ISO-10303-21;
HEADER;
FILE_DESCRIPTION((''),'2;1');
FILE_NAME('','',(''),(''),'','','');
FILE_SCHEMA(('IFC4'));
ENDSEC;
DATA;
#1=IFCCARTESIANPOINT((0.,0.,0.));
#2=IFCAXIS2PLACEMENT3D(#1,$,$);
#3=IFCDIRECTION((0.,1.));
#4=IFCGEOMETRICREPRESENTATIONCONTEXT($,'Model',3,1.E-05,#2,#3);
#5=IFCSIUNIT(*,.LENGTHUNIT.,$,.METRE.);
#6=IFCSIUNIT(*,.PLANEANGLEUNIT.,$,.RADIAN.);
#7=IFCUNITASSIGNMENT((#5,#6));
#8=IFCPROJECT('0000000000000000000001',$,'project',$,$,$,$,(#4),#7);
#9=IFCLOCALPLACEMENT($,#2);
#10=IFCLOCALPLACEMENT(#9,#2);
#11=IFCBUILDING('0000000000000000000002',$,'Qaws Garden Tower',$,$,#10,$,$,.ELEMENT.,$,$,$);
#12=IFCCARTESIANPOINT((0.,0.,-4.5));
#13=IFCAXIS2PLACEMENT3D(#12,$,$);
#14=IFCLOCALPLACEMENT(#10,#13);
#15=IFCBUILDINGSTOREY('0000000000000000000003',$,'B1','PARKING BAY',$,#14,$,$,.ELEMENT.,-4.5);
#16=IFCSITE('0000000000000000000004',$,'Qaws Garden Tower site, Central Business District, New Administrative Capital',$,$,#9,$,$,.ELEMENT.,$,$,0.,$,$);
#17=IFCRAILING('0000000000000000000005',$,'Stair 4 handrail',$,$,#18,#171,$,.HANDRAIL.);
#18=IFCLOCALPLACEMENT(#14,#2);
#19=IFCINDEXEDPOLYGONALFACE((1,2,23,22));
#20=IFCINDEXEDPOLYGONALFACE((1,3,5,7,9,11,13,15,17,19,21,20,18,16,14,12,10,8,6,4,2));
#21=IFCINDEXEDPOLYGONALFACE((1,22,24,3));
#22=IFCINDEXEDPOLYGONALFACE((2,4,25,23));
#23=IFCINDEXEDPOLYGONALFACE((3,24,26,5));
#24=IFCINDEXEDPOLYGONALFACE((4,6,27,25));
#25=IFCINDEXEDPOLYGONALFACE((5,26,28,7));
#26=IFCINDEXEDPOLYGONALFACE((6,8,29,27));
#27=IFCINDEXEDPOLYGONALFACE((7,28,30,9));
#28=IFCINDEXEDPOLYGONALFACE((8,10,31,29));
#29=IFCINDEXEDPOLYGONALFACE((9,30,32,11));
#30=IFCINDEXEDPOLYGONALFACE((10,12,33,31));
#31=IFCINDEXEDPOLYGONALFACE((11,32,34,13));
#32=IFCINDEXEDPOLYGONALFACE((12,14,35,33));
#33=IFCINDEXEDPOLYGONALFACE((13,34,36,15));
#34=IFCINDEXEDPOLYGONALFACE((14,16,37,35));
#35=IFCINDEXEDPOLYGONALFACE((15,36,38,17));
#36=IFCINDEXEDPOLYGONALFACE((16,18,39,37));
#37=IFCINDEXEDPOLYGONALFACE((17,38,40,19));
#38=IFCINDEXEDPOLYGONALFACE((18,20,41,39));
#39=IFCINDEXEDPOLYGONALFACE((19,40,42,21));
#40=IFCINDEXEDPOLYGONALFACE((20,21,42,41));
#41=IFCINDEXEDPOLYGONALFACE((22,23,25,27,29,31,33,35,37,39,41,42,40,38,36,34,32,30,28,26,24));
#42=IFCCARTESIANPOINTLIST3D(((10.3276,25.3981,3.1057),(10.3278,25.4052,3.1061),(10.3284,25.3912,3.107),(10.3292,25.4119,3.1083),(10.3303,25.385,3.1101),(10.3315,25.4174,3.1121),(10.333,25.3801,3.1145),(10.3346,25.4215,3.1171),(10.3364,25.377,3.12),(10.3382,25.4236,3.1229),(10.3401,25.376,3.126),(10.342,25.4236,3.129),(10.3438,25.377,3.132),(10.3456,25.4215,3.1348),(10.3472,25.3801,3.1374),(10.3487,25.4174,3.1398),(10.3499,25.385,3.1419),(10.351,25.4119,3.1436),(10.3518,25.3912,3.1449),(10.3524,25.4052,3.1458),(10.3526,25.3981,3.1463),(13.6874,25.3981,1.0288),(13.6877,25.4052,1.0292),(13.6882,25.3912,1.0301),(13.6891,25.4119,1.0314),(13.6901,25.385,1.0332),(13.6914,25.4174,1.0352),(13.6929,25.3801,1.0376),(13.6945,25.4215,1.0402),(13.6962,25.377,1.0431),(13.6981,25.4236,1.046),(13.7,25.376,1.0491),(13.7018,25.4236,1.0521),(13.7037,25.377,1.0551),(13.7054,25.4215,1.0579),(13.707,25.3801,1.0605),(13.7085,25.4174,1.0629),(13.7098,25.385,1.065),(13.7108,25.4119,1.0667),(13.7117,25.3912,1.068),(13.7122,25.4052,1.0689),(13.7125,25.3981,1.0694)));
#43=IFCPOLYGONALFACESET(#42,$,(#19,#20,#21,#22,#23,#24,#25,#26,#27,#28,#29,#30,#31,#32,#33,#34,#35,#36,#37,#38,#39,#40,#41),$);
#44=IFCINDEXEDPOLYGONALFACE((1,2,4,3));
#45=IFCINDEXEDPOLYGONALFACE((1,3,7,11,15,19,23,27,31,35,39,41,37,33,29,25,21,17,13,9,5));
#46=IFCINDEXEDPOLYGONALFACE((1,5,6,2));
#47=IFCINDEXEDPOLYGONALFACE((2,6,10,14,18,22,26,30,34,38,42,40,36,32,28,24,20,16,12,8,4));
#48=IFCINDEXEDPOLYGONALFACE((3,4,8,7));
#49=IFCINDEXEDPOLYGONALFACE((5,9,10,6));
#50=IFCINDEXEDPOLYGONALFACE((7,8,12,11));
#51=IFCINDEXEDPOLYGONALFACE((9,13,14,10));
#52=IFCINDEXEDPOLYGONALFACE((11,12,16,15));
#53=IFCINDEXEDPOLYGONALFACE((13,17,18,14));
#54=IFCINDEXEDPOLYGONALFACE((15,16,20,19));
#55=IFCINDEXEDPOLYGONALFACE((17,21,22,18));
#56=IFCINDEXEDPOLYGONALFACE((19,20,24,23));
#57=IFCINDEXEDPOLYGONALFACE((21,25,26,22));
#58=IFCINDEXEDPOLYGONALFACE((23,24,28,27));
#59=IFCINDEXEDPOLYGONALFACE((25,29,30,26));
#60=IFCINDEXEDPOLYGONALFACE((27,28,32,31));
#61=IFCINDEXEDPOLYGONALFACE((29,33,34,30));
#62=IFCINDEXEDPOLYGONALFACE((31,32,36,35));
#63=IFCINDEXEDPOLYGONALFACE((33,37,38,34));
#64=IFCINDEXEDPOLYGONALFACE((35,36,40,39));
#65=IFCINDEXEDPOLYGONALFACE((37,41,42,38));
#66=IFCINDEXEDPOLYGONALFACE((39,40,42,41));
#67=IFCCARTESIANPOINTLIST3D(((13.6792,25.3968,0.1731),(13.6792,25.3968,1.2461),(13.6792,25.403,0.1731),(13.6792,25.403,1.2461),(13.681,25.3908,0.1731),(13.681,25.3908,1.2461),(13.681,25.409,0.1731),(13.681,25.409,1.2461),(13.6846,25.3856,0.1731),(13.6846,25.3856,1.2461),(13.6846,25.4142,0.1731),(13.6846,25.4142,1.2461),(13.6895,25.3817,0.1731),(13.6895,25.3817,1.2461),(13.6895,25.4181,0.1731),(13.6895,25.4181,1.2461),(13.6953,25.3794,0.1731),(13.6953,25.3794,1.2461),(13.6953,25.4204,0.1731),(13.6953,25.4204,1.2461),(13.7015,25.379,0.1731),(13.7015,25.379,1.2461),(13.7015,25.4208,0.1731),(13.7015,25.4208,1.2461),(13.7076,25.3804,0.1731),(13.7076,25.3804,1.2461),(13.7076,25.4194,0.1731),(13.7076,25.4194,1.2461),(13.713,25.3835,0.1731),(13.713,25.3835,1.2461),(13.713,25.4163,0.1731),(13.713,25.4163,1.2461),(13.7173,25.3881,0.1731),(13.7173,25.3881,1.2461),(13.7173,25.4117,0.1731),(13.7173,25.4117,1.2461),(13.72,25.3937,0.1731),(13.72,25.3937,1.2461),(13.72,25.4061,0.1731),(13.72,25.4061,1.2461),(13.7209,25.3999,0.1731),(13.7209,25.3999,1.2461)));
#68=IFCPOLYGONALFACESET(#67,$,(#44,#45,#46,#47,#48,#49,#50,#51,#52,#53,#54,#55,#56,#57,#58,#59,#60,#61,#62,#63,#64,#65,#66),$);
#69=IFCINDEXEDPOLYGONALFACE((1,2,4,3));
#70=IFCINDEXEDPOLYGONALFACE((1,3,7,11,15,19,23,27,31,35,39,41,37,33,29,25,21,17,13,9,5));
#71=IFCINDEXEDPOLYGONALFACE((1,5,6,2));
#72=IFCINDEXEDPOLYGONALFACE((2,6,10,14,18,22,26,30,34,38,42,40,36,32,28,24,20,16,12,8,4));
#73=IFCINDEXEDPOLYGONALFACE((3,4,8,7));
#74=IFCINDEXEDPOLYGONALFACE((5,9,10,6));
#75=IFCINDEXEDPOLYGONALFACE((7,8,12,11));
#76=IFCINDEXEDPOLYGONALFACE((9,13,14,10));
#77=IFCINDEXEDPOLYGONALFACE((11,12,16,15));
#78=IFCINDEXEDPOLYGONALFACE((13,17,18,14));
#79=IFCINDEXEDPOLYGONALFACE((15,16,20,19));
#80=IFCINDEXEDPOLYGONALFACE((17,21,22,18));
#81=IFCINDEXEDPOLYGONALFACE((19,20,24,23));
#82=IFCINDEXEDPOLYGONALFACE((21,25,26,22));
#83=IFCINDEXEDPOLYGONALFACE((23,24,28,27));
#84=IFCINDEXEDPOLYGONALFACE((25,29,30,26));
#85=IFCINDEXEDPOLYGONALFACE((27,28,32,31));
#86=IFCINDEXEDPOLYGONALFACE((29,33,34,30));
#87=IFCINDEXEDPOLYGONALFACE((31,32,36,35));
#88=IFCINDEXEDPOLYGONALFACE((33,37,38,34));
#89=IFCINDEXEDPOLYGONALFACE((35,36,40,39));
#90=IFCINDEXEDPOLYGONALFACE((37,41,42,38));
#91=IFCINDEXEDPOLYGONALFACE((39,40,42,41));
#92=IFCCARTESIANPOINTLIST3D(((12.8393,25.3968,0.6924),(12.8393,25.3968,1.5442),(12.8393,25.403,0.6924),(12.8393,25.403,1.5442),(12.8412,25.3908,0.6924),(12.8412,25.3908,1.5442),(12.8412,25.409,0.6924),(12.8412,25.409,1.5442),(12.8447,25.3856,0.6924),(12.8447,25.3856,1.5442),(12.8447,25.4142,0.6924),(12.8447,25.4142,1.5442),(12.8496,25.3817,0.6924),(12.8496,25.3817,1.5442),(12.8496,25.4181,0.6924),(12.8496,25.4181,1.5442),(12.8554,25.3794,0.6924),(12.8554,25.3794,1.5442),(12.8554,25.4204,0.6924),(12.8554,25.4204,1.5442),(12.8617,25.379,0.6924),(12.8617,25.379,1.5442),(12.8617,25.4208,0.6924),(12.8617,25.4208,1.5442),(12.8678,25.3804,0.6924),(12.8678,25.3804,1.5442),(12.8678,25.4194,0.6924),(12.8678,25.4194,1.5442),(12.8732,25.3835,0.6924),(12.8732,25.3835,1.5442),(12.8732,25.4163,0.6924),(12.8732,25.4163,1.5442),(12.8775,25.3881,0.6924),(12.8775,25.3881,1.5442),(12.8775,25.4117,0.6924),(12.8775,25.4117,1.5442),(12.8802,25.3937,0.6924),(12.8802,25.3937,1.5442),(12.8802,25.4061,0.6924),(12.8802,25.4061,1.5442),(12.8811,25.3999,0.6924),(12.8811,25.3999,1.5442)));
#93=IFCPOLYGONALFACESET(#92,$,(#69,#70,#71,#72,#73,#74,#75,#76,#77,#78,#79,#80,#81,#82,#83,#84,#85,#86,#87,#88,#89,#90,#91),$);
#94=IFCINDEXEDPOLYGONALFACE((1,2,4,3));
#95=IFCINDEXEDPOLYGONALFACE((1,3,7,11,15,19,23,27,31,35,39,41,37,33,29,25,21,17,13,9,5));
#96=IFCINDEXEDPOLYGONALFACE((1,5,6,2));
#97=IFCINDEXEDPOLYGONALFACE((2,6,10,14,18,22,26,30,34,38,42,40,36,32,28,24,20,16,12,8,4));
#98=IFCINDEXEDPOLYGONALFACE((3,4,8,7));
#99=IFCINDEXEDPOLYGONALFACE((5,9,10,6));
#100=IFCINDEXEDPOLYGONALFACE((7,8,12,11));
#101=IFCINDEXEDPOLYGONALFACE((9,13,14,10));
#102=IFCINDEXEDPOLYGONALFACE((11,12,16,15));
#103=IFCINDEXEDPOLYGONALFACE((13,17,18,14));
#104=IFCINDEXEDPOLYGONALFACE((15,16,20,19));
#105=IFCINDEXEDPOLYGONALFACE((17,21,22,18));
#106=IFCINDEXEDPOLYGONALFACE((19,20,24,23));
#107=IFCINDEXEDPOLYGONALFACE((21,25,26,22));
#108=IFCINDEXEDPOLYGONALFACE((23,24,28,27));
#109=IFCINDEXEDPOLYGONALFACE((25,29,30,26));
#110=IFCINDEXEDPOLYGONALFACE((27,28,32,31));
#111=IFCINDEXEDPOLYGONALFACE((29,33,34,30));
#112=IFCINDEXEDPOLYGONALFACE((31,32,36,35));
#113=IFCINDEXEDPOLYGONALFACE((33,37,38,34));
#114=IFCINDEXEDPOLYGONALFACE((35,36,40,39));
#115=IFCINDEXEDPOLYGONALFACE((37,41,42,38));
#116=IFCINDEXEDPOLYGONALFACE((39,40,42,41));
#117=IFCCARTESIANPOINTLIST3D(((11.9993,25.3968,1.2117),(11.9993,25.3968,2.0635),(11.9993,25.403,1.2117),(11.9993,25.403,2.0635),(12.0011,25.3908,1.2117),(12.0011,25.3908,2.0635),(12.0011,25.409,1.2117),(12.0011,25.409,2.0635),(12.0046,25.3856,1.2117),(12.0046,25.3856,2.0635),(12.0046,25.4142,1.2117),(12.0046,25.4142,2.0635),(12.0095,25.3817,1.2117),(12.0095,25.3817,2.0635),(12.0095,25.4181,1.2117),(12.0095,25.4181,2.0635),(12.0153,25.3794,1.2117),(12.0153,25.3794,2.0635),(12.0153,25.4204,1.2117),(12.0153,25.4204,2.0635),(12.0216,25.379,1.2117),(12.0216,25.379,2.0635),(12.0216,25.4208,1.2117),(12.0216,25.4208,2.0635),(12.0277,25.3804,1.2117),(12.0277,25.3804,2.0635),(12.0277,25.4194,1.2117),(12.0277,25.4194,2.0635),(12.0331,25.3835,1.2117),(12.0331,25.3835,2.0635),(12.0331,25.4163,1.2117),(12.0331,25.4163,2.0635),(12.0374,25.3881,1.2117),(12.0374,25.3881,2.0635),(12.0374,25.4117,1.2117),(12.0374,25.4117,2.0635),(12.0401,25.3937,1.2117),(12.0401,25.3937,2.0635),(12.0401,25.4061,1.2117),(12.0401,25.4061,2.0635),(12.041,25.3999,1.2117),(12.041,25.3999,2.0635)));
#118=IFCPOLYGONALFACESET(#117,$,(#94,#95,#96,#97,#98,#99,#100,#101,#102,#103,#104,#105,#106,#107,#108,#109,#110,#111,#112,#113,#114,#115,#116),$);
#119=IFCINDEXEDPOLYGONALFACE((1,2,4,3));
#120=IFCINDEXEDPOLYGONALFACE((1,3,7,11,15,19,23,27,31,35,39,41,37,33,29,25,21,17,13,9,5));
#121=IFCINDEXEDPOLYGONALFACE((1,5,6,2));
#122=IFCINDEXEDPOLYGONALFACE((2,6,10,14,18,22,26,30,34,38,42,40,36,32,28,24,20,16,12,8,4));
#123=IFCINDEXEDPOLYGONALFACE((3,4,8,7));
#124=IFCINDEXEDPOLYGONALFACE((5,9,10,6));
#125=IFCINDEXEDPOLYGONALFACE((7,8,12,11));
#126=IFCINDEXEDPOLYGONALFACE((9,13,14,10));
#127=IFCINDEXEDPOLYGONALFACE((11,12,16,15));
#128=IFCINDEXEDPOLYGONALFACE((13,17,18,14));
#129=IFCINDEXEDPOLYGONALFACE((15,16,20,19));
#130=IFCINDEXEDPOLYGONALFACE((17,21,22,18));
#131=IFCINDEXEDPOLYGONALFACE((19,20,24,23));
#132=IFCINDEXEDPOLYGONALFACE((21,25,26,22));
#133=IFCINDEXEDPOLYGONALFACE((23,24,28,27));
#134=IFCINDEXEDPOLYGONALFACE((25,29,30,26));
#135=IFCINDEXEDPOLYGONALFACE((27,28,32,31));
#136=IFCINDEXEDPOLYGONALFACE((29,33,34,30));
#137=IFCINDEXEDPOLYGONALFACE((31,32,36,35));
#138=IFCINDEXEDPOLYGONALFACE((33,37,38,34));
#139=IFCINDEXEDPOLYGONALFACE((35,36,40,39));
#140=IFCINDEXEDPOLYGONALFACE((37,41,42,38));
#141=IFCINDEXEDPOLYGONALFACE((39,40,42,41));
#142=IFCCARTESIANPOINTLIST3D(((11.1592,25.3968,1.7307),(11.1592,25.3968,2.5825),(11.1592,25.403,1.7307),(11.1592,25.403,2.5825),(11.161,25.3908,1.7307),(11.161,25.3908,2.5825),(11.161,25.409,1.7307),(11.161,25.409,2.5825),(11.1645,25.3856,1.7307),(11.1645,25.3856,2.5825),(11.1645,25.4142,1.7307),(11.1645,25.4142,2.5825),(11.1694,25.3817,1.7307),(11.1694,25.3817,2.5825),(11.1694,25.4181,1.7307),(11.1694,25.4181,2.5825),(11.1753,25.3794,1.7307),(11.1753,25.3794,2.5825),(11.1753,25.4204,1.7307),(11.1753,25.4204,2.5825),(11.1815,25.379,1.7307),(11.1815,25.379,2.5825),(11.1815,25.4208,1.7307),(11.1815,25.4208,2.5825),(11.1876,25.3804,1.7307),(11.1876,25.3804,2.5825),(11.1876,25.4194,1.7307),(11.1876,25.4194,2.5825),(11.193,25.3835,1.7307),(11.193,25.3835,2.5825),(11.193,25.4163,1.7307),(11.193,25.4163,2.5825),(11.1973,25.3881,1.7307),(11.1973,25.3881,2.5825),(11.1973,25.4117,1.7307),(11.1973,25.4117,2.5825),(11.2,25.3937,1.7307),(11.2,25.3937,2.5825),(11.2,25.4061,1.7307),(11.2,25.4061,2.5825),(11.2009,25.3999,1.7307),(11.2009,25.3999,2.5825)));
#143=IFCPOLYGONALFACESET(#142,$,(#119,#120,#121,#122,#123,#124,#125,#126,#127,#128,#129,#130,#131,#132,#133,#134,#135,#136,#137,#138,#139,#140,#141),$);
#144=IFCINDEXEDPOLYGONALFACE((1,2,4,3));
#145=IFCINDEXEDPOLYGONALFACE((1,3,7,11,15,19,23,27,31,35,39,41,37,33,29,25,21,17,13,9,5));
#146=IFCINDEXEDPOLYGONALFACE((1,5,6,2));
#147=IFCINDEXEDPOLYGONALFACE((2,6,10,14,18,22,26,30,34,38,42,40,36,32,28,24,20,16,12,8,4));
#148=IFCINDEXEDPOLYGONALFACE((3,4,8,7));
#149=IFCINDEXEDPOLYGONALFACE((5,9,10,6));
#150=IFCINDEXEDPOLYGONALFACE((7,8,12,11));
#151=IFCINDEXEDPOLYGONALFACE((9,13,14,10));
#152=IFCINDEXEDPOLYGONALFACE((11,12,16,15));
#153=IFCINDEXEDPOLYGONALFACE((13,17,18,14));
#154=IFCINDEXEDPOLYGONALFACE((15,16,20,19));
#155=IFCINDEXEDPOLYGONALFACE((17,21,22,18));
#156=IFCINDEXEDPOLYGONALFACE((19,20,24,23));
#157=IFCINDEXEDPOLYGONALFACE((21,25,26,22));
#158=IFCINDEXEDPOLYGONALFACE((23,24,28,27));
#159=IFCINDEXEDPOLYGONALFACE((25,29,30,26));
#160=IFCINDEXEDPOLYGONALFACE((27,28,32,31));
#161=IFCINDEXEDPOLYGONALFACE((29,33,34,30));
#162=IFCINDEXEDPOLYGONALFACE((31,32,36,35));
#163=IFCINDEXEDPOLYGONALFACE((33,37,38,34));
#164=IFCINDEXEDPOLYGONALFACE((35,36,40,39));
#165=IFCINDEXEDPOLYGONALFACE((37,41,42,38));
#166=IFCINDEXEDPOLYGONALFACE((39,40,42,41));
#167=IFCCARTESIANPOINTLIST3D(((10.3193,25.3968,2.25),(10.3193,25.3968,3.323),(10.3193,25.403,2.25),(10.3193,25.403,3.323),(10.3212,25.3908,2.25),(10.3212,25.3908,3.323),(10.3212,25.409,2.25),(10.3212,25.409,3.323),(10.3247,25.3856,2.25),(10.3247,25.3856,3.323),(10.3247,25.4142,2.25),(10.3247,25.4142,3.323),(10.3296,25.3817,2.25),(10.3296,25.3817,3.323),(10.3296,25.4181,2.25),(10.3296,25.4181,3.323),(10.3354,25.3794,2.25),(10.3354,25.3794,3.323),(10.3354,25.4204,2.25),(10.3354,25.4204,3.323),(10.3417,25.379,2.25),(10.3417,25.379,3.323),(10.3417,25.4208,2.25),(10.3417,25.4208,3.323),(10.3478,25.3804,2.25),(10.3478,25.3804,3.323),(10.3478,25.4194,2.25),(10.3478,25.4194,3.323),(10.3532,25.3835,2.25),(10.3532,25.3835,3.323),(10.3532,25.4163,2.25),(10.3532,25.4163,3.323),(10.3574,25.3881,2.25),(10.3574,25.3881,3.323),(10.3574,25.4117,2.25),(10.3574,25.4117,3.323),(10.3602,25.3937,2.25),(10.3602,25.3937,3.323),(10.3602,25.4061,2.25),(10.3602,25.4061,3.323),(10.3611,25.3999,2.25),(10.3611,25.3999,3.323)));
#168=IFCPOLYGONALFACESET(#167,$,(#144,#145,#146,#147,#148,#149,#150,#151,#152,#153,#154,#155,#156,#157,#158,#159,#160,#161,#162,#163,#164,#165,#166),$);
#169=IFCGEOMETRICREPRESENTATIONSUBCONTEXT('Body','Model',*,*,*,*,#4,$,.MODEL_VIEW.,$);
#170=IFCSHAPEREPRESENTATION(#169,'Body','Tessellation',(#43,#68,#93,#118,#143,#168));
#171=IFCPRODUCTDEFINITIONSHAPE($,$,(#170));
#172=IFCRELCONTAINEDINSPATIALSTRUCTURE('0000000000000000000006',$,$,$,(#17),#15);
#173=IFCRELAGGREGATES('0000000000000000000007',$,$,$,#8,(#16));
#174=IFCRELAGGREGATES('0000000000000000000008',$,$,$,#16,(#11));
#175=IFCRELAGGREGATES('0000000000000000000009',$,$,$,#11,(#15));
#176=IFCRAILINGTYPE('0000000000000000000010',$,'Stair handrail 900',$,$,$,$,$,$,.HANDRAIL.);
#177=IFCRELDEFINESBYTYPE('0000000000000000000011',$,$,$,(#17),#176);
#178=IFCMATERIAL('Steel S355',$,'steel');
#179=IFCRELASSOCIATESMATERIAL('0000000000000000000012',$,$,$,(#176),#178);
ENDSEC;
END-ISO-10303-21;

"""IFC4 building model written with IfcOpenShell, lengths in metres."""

from ifc_helpers import new_model, si_unit, direction, frame, origin, origin_2d, place, context, subcontext, project, spatial, circle, extrude, material, type_object, element, save


model = new_model("IFC4")

# Units and contexts
model_context = context("Model", 3, precision=1e-05, world=origin(), true_north=direction((0.0, 1.0)))
body_context = subcontext(model_context, "Body", "Model", "MODEL_VIEW")
ifc_project = project(units=[si_unit("LENGTHUNIT", "METRE"), si_unit("PLANEANGLEUNIT", "RADIAN")], contexts=[model_context])

# Site, building, storey
site_placement = place(None, origin())
site = spatial("IfcSite", under=ifc_project, at=site_placement, Name="Qaws Garden Tower site, Central Business District, New Administrative Capital", CompositionType="ELEMENT", RefElevation=0.0)
building_placement = place(site_placement, origin())
building = spatial("IfcBuilding", under=site, at=building_placement, Name="Qaws Garden Tower", CompositionType="ELEMENT")
storey_placement = place(building_placement, frame((0.0, 0.0, -4.5)))
storey = spatial("IfcBuildingStorey", under=building, at=storey_placement, Name="B1", Description="PARKING BAY", CompositionType="ELEMENT", Elevation=-4.5)

# Railing
ifc_material_1 = material(Name="Steel S355", Category="steel")
railing_type = type_object("IfcRailingType", Name="Stair handrail 900", PredefinedType="HANDRAIL", material=ifc_material_1)
railing_1_placement = place(storey_placement, frame((13.7, 25.3999, 0.1731)))
element("IfcRailing", 1, at=railing_1_placement, inside=storey, type_object=railing_type, Name="Stair 4 handrail", PredefinedType="HANDRAIL", context=body_context, shape_type="SweptSolid", body=[
    extrude(circle(Radius=0.0239, at=origin_2d()), frame((0.0, 0.0, 0.876), z_axis=(-0.850606, 0.0, 0.525803), x_axis=(0.0, -1.0, 0.0)), (0.0, 0.0, 1.0), 3.95),
    extrude(circle(Radius=0.021, at=origin_2d()), origin(), (0.0, 0.0, 1.0), 1.073),
    extrude(circle(Radius=0.021, at=origin_2d()), frame((-0.8398, 0.0, 0.5193)), (0.0, 0.0, 1.0), 0.8518),
    extrude(circle(Radius=0.021, at=origin_2d()), frame((-1.6799, 0.0, 1.0386)), (0.0, 0.0, 1.0), 0.8518),
    extrude(circle(Radius=0.021, at=origin_2d()), frame((-2.52, 0.0, 1.5576)), (0.0, 0.0, 1.0), 0.8518),
    extrude(circle(Radius=0.021, at=origin_2d()), frame((-3.3599, 0.0, 2.0769)), (0.0, 0.0, 1.0), 1.073),
])

save(model, "model.ifc")
